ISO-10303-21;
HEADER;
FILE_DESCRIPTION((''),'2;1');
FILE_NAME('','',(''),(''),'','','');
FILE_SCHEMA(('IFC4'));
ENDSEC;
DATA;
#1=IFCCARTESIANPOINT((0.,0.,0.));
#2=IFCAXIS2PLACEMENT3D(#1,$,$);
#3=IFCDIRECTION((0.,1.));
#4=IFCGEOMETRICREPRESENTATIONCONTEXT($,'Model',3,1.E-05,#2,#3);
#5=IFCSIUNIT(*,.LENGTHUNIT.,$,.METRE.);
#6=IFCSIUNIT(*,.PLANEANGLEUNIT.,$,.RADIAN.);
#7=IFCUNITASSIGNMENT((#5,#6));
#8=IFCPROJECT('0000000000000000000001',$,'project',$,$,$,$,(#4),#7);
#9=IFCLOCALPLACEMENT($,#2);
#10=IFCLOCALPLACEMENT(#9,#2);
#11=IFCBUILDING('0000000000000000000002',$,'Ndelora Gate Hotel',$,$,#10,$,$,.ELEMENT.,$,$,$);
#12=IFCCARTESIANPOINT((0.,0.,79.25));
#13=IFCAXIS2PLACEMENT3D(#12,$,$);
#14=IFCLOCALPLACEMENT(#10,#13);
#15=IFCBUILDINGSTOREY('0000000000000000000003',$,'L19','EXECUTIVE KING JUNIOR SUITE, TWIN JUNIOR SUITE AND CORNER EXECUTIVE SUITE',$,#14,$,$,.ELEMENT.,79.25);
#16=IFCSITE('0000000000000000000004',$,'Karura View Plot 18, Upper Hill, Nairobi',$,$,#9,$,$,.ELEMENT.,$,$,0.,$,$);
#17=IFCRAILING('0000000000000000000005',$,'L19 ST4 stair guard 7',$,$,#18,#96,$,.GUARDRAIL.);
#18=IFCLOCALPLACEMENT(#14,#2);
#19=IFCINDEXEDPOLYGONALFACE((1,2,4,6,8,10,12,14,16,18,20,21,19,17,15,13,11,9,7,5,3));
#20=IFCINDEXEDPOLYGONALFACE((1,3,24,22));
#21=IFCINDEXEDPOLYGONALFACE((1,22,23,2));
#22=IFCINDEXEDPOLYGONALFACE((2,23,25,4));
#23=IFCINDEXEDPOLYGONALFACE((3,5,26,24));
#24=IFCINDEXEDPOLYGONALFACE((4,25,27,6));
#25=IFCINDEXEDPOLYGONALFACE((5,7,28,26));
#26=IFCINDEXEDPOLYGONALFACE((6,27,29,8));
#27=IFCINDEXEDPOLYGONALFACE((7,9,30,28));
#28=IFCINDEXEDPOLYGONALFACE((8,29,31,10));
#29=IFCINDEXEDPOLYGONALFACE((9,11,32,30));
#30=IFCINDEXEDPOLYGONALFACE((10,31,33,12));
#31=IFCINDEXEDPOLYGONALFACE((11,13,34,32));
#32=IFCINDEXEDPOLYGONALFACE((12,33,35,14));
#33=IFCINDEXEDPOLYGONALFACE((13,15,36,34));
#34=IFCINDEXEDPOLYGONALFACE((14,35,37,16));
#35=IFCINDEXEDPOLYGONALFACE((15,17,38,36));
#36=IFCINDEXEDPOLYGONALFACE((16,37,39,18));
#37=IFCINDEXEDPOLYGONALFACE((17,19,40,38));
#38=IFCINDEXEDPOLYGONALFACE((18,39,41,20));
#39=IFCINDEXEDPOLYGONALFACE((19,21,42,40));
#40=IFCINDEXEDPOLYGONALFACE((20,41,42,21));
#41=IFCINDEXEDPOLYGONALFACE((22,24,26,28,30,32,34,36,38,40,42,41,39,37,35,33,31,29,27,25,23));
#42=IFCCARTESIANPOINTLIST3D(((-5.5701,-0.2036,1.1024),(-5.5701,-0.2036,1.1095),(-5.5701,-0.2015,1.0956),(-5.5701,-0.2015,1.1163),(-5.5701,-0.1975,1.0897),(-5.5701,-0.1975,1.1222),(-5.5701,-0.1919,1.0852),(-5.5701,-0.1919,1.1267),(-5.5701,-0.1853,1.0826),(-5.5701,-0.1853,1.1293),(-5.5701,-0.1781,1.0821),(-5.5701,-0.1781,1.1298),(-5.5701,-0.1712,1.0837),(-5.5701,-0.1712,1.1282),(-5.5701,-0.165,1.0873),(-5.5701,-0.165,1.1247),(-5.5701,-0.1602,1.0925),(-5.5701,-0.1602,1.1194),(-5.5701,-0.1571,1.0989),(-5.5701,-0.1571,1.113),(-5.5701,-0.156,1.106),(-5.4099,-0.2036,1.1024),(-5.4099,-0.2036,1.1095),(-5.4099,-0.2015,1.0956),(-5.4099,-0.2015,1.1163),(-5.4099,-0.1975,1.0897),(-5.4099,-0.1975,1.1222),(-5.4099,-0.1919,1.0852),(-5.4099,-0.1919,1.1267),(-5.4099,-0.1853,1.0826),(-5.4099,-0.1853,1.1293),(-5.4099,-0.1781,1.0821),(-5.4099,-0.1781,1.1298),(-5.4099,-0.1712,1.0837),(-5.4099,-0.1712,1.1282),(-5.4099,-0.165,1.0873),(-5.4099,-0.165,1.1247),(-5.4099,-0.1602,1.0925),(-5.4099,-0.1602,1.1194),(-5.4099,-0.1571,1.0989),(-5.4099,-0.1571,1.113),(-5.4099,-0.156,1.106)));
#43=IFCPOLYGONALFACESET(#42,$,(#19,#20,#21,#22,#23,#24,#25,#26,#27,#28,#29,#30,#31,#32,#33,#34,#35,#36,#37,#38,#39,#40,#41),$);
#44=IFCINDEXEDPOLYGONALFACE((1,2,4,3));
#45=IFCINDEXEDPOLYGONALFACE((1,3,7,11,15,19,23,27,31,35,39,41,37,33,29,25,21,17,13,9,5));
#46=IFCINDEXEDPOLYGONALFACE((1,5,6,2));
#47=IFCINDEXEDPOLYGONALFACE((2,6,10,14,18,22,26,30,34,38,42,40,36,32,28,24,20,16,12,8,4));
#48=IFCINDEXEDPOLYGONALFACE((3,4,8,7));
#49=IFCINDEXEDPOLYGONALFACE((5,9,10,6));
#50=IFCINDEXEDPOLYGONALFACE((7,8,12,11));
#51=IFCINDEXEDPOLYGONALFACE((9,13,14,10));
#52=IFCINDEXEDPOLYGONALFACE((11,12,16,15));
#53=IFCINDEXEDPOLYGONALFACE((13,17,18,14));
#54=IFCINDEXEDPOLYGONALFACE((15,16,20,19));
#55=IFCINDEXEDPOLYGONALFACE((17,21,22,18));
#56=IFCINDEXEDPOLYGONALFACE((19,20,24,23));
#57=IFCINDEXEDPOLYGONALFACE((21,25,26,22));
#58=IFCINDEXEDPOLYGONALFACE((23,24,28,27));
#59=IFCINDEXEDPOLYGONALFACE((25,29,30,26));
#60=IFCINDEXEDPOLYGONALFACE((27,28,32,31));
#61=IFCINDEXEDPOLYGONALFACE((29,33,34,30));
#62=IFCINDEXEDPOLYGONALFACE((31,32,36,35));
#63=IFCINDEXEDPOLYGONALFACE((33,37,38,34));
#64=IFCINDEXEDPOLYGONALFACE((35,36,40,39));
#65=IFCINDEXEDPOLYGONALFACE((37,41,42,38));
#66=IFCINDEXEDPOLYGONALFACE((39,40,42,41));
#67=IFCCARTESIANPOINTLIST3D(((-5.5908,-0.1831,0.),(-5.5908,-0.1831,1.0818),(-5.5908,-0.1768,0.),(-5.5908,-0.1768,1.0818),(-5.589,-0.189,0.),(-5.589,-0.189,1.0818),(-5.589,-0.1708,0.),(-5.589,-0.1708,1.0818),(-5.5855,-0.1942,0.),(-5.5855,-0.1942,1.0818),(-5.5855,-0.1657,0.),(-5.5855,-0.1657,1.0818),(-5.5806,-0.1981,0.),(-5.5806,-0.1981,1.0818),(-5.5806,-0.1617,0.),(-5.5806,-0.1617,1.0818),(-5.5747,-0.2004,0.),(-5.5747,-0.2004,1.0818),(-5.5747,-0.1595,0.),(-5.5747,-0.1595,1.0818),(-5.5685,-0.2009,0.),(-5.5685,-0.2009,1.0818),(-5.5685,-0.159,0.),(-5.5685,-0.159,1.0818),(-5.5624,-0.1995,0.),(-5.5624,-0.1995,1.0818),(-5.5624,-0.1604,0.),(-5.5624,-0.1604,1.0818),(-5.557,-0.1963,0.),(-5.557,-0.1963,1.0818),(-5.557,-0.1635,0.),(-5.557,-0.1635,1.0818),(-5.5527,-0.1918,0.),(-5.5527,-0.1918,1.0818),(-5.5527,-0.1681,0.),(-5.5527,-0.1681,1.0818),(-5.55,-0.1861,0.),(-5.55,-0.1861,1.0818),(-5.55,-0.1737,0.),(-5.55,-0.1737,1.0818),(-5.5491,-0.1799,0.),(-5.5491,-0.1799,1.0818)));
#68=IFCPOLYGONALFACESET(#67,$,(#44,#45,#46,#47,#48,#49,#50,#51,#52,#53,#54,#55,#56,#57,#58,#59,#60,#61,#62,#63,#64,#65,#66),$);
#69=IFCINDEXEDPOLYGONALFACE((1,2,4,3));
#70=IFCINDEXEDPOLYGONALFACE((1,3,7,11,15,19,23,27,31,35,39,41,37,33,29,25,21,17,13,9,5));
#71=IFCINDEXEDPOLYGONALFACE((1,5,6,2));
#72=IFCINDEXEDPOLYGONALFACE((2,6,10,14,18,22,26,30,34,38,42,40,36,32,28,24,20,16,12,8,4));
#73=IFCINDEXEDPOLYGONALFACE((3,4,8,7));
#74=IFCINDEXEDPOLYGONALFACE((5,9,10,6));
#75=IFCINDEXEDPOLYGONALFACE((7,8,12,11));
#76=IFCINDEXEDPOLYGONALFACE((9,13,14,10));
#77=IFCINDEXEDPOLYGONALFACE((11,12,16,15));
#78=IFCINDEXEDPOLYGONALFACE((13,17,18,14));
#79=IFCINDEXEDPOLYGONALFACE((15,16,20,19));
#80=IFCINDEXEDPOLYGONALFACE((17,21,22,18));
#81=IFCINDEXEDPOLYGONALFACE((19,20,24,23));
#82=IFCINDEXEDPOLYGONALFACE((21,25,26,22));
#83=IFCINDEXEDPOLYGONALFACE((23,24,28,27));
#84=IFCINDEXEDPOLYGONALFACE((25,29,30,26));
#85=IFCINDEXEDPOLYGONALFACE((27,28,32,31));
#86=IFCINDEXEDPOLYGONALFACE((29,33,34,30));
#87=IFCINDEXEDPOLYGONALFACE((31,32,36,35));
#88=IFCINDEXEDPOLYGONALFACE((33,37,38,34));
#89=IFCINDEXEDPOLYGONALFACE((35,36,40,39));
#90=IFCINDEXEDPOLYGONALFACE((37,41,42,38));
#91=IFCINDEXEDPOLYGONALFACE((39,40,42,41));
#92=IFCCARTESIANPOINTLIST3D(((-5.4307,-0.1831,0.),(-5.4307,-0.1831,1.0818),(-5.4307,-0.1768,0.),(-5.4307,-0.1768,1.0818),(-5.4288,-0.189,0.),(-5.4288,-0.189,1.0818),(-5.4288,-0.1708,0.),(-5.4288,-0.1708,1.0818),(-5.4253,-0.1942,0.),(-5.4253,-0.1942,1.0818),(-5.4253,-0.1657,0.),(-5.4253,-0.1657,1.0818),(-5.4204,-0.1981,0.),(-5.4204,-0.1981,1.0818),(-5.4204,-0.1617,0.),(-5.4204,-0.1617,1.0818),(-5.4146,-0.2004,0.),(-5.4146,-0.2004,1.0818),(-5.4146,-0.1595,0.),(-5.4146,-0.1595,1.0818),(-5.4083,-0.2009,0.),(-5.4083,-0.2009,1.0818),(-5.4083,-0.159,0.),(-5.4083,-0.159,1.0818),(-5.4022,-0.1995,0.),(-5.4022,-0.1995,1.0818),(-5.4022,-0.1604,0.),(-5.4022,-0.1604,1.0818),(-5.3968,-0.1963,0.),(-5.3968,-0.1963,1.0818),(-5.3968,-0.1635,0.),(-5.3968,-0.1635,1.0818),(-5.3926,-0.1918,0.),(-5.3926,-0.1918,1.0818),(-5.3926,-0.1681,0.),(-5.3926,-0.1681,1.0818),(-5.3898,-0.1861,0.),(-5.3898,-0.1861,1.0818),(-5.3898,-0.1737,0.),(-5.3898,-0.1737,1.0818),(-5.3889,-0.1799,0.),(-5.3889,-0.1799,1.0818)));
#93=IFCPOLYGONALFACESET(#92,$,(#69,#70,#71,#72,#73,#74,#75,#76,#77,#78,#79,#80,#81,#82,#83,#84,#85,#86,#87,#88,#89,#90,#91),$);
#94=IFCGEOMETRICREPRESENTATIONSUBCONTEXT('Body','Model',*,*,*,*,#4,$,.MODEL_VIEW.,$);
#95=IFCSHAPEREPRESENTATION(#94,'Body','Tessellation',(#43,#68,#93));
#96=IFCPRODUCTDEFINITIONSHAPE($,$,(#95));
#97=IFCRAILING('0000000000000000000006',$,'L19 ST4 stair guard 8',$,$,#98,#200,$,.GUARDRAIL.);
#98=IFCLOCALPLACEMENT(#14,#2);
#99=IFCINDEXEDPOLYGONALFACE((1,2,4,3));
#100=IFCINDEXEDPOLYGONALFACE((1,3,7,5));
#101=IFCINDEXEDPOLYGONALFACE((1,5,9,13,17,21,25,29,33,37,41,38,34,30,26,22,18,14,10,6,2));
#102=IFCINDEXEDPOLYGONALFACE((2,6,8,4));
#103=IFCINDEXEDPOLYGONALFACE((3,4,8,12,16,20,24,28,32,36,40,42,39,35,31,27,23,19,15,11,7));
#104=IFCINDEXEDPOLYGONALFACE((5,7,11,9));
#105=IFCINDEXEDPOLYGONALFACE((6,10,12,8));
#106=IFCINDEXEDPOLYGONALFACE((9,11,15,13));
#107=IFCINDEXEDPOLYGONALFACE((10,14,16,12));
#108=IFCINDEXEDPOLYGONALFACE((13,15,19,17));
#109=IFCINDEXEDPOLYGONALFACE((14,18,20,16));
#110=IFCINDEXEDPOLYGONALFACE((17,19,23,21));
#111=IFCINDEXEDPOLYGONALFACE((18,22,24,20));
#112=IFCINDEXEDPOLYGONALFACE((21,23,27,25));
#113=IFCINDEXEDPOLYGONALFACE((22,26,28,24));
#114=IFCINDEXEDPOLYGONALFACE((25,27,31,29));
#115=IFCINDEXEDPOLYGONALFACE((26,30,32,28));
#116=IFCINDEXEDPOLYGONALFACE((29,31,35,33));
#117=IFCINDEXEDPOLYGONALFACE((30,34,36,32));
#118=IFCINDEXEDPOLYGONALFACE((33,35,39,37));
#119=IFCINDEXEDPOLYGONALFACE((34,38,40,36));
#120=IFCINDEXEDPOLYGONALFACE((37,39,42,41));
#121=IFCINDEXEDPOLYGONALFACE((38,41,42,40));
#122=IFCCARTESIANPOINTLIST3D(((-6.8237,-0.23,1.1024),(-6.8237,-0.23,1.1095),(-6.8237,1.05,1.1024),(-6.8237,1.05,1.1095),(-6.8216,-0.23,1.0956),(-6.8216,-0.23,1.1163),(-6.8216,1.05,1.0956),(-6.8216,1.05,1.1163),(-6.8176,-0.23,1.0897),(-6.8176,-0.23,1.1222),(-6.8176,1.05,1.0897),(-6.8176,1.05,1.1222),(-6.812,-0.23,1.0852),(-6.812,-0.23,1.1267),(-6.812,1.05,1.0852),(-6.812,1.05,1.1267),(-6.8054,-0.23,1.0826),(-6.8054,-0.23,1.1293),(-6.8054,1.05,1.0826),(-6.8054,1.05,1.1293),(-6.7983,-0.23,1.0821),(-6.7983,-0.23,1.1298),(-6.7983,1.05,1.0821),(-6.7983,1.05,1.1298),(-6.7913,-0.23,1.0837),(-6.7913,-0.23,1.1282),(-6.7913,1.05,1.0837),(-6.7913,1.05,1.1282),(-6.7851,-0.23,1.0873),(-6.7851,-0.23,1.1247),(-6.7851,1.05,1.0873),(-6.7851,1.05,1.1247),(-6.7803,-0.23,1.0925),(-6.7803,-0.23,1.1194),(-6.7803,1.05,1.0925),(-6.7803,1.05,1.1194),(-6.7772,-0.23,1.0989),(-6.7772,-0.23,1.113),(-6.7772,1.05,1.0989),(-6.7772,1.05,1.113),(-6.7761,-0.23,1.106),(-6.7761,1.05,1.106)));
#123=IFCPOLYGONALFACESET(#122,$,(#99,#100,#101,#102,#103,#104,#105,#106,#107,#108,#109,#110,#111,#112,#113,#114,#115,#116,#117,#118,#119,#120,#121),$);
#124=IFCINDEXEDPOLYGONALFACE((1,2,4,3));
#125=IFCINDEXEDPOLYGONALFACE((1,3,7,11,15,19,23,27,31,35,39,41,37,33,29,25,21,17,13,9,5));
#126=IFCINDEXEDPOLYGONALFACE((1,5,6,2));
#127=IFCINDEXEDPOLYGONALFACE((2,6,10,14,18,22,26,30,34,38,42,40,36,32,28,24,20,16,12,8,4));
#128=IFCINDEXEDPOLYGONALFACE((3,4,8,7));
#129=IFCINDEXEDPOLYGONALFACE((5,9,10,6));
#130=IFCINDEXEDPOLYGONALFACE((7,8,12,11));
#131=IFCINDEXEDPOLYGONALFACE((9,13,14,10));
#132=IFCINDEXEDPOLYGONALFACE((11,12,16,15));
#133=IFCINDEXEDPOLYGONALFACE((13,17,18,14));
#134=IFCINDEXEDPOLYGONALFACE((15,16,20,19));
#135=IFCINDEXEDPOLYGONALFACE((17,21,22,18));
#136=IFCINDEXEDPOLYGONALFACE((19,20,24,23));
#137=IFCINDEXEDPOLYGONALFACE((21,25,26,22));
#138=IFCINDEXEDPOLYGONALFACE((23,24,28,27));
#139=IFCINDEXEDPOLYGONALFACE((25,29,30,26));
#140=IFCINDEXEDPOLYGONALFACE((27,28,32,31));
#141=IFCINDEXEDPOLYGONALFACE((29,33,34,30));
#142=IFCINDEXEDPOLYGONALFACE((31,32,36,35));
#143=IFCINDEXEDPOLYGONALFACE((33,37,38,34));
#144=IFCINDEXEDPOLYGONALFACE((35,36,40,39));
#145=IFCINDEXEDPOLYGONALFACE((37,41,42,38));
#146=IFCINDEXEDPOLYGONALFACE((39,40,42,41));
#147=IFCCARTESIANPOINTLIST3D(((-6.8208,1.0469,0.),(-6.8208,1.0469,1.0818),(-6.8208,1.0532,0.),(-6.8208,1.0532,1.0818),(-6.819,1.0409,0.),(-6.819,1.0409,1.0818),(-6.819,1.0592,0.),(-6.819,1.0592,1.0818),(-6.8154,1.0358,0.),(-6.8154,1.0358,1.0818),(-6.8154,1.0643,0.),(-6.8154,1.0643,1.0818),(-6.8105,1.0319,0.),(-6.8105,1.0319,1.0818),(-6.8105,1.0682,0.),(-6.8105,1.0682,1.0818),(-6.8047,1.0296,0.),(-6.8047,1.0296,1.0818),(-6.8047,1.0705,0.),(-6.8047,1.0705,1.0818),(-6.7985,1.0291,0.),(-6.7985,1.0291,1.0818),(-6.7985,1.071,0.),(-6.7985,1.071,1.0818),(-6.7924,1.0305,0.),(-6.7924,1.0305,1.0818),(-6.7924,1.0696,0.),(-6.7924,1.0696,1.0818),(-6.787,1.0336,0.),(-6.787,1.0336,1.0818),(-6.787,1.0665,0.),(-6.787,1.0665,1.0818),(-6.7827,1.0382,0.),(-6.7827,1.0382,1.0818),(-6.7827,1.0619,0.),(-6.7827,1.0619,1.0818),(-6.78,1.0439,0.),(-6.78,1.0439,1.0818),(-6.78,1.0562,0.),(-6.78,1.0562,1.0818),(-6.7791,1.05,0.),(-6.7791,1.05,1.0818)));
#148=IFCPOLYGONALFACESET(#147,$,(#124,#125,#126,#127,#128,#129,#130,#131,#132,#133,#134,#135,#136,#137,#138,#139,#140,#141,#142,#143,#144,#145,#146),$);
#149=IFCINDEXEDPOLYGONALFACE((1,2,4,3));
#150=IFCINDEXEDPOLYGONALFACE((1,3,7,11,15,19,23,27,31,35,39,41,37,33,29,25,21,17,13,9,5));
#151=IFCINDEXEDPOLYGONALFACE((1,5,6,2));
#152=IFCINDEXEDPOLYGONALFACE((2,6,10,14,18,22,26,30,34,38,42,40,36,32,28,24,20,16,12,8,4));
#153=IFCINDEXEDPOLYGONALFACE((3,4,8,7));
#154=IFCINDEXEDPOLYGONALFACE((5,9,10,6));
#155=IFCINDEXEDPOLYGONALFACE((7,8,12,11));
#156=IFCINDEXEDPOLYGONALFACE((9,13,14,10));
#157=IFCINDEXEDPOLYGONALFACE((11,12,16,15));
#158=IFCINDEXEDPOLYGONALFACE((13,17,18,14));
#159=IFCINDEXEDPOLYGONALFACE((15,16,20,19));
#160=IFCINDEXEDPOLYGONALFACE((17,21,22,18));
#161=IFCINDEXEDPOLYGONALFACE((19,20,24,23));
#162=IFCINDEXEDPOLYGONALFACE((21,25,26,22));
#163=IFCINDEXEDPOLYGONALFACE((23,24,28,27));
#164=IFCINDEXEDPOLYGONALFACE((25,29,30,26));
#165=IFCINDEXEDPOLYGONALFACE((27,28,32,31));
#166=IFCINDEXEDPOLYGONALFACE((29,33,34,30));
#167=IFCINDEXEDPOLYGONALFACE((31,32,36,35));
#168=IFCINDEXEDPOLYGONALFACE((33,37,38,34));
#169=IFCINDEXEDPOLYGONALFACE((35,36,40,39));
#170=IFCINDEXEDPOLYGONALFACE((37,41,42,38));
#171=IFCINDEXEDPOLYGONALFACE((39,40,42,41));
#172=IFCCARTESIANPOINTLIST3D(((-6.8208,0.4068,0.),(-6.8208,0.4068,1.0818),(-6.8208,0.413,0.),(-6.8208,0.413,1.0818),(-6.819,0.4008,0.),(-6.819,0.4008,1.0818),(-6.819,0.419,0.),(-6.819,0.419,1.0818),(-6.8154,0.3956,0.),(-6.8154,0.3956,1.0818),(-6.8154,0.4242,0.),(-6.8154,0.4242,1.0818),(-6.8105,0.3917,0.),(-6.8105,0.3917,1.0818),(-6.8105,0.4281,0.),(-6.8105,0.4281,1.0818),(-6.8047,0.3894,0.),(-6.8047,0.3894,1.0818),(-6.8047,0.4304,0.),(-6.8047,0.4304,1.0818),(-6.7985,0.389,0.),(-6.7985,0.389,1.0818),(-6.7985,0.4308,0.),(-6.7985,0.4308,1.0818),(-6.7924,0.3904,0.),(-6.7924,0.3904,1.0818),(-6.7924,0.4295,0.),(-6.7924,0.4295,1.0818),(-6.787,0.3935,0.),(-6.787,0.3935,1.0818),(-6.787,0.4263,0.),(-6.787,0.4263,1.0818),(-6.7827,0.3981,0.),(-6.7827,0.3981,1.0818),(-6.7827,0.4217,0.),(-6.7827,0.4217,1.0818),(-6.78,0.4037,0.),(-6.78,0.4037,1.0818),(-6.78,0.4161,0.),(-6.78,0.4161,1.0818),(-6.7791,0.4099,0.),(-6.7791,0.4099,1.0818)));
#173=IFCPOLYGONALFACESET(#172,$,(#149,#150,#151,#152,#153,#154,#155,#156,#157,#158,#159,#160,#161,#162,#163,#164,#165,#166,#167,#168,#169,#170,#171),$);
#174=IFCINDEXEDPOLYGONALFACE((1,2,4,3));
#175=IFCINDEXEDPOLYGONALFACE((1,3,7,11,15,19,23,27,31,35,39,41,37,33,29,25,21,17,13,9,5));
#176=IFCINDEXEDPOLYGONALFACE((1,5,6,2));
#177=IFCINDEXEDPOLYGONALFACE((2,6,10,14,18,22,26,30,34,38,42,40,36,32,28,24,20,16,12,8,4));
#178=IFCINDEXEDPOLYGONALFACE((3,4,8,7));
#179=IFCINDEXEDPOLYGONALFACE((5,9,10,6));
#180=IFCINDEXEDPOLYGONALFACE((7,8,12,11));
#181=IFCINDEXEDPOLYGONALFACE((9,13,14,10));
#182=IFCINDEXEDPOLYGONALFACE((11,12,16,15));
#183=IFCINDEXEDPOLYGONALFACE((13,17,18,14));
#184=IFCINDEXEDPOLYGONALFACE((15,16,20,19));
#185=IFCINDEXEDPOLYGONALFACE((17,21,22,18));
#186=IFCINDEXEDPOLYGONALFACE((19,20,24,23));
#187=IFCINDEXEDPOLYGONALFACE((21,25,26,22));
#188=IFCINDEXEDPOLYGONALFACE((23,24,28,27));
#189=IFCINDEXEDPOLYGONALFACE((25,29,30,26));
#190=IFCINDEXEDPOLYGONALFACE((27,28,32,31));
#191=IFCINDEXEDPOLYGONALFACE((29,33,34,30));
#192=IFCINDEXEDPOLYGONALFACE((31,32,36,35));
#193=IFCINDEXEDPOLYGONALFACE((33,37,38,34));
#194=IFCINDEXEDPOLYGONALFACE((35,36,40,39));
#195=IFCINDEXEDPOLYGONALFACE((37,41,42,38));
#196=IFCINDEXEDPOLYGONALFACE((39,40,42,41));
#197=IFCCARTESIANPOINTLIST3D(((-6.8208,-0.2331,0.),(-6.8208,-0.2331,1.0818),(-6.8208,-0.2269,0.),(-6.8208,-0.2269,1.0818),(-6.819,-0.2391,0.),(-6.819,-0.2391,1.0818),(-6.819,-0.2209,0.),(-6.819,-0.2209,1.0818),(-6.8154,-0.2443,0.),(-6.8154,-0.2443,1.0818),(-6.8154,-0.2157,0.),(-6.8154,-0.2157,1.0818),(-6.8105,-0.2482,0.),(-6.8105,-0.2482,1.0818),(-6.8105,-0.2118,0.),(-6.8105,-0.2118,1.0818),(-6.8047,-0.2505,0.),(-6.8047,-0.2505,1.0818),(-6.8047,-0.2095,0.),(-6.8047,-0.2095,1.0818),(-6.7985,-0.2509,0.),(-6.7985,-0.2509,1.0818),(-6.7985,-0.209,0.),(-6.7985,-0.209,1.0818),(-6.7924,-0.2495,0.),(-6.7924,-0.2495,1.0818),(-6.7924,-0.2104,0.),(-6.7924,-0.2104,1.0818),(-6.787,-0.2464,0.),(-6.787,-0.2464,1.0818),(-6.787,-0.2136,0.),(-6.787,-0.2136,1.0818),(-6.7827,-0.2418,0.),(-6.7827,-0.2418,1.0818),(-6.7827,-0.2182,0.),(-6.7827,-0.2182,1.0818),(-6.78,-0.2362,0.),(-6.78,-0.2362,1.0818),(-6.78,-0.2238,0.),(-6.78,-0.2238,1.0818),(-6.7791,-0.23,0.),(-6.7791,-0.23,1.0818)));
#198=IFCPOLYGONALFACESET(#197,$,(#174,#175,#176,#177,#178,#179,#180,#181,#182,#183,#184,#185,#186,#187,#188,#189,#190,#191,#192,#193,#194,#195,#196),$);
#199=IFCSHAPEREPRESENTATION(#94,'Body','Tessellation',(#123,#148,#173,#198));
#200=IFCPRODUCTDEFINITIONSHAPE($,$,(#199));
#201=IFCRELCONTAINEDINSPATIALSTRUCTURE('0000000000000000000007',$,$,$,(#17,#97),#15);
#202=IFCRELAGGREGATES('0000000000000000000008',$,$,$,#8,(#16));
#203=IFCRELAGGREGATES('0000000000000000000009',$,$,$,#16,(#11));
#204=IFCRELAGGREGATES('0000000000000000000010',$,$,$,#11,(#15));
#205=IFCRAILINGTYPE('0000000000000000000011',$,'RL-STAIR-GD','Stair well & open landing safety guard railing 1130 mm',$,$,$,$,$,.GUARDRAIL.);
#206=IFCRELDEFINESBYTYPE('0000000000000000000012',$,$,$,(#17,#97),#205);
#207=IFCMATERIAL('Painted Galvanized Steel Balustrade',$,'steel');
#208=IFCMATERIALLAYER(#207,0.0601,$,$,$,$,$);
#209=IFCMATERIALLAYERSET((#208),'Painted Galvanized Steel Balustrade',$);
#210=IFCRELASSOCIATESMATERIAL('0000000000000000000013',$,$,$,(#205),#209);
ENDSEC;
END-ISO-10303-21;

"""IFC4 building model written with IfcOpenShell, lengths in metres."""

from ifc_helpers import new_model, si_unit, direction, frame, origin, origin_2d, place, context, subcontext, project, spatial, circle, extrude, material, layer, layer_set, type_object, element, save


model = new_model("IFC4")

# Units and contexts
model_context = context("Model", 3, precision=1e-05, world=origin(), true_north=direction((0.0, 1.0)))
body_context = subcontext(model_context, "Body", "Model", "MODEL_VIEW")
ifc_project = project(units=[si_unit("LENGTHUNIT", "METRE"), si_unit("PLANEANGLEUNIT", "RADIAN")], contexts=[model_context])

# Site, building, storey
site_placement = place(None, origin())
site = spatial("IfcSite", under=ifc_project, at=site_placement, Name="Karura View Plot 18, Upper Hill, Nairobi", CompositionType="ELEMENT", RefElevation=0.0)
building_placement = place(site_placement, origin())
building = spatial("IfcBuilding", under=site, at=building_placement, Name="Ndelora Gate Hotel", CompositionType="ELEMENT")
storey_placement = place(building_placement, frame((0.0, 0.0, 79.25)))
storey = spatial("IfcBuildingStorey", under=building, at=storey_placement, Name="L19", Description="EXECUTIVE KING JUNIOR SUITE, TWIN JUNIOR SUITE AND CORNER EXECUTIVE SUITE", CompositionType="ELEMENT", Elevation=79.25)

# Railings
ifc_material_1 = material(Name="Painted Galvanized Steel Balustrade", Category="steel")
ifc_layer_1 = layer(ifc_material_1, 0.0601)
ifc_layer_set_1 = layer_set([ifc_layer_1], Name="Painted Galvanized Steel Balustrade")
railing_type_1 = type_object("IfcRailingType", Name="RL-STAIR-GD", Description="Stair well & open landing safety guard railing 1130 mm", PredefinedType="GUARDRAIL", material=ifc_layer_set_1)
railing_1_placement = place(storey_placement, frame((-5.5701, -0.1799, 0.0)))
element("IfcRailing", 1, at=railing_1_placement, inside=storey, type_object=railing_type_1, Name="L19 ST4 stair guard 7", PredefinedType="GUARDRAIL", context=body_context, shape_type="SweptSolid", body=[
    extrude(circle(Radius=0.0239, at=origin_2d()), frame((0.0, 0.0, 1.106), z_axis=(1.0, 0.0, 0.0), x_axis=(0.0, 1.0, 0.0)), (0.0, 0.0, 1.0), 0.1602),
    extrude(circle(Radius=0.021, at=origin_2d()), origin(), (0.0, 0.0, 1.0), 1.0818),
    extrude(circle(Radius=0.021, at=origin_2d()), frame((0.1602, 0.0, 0.0)), (0.0, 0.0, 1.0), 1.0818),
])
for number, where, name in (
    (2, (-6.8, 1.05, 0.0), "L19 ST4 stair guard 8"),
):
    element("IfcRailing", number, at=place(storey_placement, frame(where)), inside=storey, type_object=railing_type_1, Name=name, PredefinedType="GUARDRAIL", context=body_context, shape_type="SweptSolid", body=[
        extrude(circle(Radius=0.0239, at=origin_2d()), frame((0.0, 0.0, 1.106), z_axis=(0.0, -1.0, 0.0), x_axis=(1.0, 0.0, 0.0)), (0.0, 0.0, 1.0), 1.28),
        extrude(circle(Radius=0.021, at=origin_2d()), origin(), (0.0, 0.0, 1.0), 1.0818),
        extrude(circle(Radius=0.021, at=origin_2d()), frame((0.0, -0.6401, 0.0)), (0.0, 0.0, 1.0), 1.0818),
        extrude(circle(Radius=0.021, at=origin_2d()), frame((0.0, -1.28, 0.0)), (0.0, 0.0, 1.0), 1.0818),
    ])

save(model, "model.ifc")
